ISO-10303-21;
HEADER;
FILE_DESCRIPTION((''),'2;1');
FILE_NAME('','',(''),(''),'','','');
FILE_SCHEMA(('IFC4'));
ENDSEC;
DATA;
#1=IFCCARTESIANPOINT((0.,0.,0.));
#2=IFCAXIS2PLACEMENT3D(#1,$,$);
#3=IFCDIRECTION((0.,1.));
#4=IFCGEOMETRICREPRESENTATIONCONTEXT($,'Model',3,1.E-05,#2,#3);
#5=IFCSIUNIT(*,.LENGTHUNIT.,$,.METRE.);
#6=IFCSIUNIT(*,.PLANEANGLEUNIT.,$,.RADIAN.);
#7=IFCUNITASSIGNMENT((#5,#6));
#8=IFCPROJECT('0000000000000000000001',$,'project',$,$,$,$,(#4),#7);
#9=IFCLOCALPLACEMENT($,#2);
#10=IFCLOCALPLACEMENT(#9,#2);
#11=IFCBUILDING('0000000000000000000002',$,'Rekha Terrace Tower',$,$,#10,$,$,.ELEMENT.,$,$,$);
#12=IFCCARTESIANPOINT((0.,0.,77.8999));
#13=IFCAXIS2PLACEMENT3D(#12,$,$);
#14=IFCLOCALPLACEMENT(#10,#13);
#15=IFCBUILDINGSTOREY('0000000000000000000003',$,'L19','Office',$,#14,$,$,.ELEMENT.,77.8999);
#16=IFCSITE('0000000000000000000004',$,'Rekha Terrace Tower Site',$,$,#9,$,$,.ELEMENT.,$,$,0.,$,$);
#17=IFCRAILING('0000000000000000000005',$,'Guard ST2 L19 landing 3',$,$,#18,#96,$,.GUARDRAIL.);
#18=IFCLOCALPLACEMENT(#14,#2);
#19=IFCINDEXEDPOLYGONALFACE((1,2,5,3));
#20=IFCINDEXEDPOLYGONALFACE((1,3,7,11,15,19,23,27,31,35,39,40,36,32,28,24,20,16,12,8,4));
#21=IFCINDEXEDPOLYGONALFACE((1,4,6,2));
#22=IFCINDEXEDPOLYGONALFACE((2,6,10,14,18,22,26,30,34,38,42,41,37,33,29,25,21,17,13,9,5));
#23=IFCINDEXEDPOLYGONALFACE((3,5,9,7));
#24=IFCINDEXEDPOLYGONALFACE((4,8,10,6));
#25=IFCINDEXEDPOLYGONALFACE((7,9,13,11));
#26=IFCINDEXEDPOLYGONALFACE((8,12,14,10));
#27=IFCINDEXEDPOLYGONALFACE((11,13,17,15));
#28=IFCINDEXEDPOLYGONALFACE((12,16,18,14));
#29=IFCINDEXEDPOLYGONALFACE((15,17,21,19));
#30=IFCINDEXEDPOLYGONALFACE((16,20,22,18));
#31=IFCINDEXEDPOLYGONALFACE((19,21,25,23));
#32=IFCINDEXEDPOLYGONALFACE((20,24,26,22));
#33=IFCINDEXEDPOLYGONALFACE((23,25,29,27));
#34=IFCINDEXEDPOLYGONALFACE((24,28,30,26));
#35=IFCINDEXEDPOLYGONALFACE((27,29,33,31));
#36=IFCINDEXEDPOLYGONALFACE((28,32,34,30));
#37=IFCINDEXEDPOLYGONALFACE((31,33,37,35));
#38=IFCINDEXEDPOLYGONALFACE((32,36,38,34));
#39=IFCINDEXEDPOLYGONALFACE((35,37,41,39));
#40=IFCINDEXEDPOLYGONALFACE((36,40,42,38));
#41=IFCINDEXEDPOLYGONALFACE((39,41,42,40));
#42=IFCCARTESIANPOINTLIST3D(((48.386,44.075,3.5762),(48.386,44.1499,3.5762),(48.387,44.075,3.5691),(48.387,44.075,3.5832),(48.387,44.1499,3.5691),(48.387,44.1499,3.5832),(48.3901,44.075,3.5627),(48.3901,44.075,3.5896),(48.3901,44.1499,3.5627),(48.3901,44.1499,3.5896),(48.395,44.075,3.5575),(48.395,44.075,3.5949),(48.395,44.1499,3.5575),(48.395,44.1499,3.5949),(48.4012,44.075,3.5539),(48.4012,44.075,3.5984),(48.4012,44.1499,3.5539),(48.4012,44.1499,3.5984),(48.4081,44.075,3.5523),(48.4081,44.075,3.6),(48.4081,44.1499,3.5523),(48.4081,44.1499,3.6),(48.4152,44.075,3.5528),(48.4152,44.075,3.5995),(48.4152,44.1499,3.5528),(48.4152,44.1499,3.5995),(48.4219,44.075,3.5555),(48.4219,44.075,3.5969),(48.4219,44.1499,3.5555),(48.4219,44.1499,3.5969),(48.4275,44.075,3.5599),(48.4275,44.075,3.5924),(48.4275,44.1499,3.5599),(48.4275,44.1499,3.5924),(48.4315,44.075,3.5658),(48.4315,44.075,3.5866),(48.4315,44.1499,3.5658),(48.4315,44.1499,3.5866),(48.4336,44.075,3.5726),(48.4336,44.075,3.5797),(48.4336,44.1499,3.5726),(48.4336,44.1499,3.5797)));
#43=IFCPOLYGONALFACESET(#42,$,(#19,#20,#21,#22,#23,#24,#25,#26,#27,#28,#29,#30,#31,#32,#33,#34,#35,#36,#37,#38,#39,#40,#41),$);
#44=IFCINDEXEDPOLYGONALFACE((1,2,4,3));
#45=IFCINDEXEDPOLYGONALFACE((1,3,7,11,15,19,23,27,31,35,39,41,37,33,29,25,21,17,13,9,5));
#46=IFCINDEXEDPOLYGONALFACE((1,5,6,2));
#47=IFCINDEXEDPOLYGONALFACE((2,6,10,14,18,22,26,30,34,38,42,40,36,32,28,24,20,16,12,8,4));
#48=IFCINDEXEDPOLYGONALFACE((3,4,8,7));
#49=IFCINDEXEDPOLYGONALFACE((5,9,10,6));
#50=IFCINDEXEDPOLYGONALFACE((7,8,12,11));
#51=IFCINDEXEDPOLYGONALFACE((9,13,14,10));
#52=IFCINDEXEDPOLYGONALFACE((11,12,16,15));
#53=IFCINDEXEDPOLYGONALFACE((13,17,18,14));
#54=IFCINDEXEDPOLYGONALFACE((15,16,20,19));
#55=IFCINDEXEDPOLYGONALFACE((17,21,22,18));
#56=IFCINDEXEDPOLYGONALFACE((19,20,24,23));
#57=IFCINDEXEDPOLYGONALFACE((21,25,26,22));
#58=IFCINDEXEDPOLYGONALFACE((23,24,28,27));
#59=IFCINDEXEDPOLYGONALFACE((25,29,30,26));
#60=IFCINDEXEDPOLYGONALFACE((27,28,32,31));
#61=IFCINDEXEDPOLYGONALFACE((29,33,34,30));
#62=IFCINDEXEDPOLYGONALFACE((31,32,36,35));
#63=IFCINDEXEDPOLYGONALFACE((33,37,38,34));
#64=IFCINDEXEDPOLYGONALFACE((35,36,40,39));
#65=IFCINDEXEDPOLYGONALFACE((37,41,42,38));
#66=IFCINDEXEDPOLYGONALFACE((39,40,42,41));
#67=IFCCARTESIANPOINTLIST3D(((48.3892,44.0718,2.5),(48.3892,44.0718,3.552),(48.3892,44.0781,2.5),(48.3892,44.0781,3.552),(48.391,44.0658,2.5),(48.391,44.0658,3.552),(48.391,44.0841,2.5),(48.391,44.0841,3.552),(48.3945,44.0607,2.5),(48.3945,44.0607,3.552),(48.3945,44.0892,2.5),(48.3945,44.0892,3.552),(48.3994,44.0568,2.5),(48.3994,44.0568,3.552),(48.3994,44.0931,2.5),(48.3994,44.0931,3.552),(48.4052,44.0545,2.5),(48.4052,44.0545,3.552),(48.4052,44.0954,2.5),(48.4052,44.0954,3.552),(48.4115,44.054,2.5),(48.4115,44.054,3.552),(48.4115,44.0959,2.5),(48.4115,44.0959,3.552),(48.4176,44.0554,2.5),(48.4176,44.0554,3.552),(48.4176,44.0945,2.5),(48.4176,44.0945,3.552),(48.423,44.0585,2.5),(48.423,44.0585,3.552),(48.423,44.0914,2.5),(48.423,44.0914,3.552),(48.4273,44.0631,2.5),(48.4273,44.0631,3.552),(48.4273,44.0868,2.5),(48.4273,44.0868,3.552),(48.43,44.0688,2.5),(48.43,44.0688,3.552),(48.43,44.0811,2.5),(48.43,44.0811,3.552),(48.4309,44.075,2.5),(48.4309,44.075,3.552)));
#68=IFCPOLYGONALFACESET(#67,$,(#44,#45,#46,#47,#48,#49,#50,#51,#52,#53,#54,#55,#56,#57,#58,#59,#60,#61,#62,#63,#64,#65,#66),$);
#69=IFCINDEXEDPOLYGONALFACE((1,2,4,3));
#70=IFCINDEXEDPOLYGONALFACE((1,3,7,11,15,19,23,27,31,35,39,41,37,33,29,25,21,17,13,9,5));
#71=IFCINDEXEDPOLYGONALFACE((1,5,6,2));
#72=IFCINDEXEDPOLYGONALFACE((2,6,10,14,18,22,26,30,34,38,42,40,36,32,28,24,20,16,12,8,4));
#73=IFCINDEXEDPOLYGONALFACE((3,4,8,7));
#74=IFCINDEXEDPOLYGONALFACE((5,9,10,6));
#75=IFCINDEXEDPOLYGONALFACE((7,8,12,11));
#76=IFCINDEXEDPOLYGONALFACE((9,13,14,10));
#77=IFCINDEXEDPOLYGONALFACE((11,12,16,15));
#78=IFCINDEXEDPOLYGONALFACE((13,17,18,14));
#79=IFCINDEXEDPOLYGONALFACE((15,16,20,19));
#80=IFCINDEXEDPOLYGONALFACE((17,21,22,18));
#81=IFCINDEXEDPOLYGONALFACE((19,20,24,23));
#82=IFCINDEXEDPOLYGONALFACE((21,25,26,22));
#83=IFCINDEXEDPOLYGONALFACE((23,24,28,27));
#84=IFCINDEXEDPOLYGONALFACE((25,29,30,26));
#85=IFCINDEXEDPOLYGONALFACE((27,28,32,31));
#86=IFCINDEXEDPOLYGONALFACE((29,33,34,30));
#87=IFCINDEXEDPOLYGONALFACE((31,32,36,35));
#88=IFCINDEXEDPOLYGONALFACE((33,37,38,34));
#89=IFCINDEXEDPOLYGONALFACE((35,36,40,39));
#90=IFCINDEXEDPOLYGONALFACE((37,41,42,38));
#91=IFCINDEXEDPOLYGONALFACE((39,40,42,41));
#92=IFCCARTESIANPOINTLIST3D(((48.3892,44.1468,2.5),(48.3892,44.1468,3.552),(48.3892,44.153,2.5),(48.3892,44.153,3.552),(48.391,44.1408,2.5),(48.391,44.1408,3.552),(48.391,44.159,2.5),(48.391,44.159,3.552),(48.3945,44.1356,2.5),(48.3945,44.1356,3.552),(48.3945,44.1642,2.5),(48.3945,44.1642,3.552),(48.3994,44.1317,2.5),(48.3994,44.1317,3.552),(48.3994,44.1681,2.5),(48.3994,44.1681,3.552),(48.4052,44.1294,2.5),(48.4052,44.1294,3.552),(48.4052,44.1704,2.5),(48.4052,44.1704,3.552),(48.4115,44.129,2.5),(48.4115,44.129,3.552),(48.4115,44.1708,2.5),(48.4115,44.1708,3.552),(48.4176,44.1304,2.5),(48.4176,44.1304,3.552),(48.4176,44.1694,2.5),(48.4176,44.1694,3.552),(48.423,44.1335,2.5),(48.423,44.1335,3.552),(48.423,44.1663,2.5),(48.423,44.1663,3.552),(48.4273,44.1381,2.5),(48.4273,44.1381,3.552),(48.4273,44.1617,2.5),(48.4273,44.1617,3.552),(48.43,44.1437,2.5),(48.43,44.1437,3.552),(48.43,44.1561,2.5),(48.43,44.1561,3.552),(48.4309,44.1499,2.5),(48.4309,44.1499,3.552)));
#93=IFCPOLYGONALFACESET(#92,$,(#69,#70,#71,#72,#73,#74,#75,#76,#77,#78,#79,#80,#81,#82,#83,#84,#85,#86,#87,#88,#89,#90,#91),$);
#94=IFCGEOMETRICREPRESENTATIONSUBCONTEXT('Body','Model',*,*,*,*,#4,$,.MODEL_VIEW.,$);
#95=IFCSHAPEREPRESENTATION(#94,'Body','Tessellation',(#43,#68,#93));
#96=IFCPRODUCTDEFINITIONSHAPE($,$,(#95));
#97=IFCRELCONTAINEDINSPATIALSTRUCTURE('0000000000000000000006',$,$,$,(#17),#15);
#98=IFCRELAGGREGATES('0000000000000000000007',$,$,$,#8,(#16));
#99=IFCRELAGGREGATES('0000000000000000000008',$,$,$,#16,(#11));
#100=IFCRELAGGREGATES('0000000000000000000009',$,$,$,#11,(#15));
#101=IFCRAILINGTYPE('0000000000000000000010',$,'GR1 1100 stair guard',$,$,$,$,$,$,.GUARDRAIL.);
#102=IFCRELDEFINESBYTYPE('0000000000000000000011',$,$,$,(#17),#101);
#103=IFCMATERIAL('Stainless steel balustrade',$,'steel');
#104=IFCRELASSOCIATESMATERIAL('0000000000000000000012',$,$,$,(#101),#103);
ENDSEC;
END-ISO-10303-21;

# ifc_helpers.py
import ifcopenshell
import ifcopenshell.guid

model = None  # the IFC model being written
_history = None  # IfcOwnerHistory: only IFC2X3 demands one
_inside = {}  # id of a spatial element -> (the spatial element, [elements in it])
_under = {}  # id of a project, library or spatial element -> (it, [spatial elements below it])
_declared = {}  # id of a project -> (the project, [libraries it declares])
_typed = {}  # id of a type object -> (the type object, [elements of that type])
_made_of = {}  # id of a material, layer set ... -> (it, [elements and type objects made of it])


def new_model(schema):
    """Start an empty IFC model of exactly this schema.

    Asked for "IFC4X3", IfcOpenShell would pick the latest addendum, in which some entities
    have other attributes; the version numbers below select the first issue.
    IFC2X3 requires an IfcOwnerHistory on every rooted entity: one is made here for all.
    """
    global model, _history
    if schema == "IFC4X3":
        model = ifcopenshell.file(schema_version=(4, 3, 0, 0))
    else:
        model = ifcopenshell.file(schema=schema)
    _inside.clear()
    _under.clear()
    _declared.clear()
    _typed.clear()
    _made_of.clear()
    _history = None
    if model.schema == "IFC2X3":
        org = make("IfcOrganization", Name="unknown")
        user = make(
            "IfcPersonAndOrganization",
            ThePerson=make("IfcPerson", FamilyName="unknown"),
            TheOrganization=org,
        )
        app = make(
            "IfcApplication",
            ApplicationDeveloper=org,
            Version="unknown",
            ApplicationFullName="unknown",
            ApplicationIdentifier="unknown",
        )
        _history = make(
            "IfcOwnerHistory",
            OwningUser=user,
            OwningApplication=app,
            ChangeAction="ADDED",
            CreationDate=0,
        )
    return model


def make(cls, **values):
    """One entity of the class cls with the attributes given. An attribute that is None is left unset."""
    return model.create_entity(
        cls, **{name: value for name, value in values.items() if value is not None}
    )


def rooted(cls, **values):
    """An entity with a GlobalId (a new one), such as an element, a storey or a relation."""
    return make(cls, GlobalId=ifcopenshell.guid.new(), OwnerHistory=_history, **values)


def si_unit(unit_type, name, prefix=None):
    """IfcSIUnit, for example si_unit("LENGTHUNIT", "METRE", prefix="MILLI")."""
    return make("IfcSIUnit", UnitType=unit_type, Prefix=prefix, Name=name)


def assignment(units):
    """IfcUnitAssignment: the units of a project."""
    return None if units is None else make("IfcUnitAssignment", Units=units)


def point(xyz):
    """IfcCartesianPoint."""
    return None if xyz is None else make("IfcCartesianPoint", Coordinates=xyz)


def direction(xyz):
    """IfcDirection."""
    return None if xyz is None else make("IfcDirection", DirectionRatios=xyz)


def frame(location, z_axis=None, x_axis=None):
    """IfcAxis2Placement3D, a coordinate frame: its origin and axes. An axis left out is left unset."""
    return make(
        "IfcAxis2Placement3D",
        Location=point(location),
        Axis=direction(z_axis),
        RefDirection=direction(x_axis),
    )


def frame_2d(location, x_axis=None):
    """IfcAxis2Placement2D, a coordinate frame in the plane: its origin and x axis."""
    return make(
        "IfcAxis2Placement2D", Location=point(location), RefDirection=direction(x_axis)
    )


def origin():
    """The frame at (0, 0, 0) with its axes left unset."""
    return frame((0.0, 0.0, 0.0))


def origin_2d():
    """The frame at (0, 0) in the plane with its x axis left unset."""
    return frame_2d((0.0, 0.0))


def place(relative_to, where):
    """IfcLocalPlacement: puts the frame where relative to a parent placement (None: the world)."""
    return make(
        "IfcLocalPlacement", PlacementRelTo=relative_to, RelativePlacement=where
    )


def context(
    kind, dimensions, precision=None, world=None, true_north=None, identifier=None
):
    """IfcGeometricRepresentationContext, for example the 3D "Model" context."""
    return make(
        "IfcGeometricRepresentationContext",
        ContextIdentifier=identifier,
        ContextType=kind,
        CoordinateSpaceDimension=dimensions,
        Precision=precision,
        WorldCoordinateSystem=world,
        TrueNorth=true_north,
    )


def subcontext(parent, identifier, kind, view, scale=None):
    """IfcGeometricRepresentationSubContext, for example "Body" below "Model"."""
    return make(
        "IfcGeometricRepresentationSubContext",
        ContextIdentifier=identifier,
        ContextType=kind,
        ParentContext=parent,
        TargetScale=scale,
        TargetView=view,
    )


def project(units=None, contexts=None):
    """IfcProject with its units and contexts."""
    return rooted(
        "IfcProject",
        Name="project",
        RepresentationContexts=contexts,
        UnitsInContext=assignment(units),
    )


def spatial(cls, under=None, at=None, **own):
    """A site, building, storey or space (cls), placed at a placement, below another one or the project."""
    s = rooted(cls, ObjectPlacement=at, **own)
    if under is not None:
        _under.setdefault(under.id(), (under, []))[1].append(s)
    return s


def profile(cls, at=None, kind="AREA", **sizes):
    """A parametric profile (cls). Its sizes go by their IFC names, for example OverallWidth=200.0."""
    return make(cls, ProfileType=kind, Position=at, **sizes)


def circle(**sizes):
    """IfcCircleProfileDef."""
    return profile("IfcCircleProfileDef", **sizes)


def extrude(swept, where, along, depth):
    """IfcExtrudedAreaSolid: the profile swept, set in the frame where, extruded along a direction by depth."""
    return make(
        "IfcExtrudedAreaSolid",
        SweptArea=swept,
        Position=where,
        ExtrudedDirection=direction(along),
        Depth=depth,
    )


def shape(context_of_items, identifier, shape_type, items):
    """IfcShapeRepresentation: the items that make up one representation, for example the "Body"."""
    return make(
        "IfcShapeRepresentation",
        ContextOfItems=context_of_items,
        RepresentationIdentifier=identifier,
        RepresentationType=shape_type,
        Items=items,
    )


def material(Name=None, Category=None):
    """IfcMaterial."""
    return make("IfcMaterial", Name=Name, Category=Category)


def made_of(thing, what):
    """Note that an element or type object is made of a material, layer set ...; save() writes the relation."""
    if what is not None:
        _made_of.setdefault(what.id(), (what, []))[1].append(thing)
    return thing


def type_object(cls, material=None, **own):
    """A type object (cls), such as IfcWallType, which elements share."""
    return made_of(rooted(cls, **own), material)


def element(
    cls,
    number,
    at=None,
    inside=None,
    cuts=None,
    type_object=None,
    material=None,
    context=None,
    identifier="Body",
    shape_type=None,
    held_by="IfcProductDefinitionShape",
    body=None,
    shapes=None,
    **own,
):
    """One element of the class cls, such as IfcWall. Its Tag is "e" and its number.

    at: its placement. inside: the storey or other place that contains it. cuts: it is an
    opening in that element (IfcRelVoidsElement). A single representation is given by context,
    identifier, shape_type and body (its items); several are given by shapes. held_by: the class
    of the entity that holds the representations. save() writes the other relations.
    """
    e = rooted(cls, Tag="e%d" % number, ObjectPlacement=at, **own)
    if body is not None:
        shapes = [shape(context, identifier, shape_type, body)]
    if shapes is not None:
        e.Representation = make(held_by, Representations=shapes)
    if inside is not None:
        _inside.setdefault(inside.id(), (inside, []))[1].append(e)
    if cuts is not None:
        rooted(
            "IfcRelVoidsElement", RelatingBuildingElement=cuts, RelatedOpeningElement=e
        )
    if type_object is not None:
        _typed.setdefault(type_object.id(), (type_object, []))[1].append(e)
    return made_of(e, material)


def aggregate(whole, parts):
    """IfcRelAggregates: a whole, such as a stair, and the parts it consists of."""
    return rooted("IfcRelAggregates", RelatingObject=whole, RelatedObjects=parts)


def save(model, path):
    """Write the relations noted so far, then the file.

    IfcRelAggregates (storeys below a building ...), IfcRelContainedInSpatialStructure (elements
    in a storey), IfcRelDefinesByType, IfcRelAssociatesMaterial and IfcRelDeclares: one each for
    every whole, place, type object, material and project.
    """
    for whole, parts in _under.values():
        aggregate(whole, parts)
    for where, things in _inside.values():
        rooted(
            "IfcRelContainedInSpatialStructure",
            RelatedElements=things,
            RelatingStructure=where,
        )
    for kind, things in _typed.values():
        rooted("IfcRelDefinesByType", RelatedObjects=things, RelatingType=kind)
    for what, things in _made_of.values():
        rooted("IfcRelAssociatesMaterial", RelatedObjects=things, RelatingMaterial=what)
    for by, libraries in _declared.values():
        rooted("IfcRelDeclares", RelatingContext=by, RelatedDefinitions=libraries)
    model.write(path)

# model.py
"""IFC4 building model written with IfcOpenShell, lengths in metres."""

from ifc_helpers import new_model, si_unit, direction, frame, origin, origin_2d, place, context, subcontext, project, spatial, circle, extrude, material, type_object, element, save


model = new_model("IFC4")

# Units and contexts
model_context = context("Model", 3, precision=1e-05, world=origin(), true_north=direction((0.0, 1.0)))
body_context = subcontext(model_context, "Body", "Model", "MODEL_VIEW")
ifc_project = project(units=[si_unit("LENGTHUNIT", "METRE"), si_unit("PLANEANGLEUNIT", "RADIAN")], contexts=[model_context])

# Site, building, storey
site_placement = place(None, origin())
site = spatial("IfcSite", under=ifc_project, at=site_placement, Name="Rekha Terrace Tower Site", CompositionType="ELEMENT", RefElevation=0.0)
building_placement = place(site_placement, origin())
building = spatial("IfcBuilding", under=site, at=building_placement, Name="Rekha Terrace Tower", CompositionType="ELEMENT")
storey_placement = place(building_placement, frame((0.0, 0.0, 77.8999)))
storey = spatial("IfcBuildingStorey", under=building, at=storey_placement, Name="L19", Description="Office", CompositionType="ELEMENT", Elevation=77.8999)

# Railing
ifc_material_1 = material(Name="Stainless steel balustrade", Category="steel")
railing_type_1 = type_object("IfcRailingType", Name="GR1 1100 stair guard", PredefinedType="GUARDRAIL", material=ifc_material_1)
railing_1_placement = place(storey_placement, frame((48.4099, 44.075, 2.5)))
element("IfcRailing", 1, at=railing_1_placement, inside=storey, type_object=railing_type_1, Name="Guard ST2 L19 landing 3", PredefinedType="GUARDRAIL", context=body_context, shape_type="SweptSolid", body=[
    extrude(circle(Radius=0.0239, at=origin_2d()), frame((0.0, 0.0, 1.0762), z_axis=(0.0, 1.0, 0.0), x_axis=(-1.0, 0.0, 0.0)), (0.0, 0.0, 1.0), 0.075),
    extrude(circle(Radius=0.021, at=origin_2d()), origin(), (0.0, 0.0, 1.0), 1.052),
    extrude(circle(Radius=0.021, at=origin_2d()), frame((0.0, 0.075, 0.0)), (0.0, 0.0, 1.0), 1.052),
])

save(model, "model.ifc")
